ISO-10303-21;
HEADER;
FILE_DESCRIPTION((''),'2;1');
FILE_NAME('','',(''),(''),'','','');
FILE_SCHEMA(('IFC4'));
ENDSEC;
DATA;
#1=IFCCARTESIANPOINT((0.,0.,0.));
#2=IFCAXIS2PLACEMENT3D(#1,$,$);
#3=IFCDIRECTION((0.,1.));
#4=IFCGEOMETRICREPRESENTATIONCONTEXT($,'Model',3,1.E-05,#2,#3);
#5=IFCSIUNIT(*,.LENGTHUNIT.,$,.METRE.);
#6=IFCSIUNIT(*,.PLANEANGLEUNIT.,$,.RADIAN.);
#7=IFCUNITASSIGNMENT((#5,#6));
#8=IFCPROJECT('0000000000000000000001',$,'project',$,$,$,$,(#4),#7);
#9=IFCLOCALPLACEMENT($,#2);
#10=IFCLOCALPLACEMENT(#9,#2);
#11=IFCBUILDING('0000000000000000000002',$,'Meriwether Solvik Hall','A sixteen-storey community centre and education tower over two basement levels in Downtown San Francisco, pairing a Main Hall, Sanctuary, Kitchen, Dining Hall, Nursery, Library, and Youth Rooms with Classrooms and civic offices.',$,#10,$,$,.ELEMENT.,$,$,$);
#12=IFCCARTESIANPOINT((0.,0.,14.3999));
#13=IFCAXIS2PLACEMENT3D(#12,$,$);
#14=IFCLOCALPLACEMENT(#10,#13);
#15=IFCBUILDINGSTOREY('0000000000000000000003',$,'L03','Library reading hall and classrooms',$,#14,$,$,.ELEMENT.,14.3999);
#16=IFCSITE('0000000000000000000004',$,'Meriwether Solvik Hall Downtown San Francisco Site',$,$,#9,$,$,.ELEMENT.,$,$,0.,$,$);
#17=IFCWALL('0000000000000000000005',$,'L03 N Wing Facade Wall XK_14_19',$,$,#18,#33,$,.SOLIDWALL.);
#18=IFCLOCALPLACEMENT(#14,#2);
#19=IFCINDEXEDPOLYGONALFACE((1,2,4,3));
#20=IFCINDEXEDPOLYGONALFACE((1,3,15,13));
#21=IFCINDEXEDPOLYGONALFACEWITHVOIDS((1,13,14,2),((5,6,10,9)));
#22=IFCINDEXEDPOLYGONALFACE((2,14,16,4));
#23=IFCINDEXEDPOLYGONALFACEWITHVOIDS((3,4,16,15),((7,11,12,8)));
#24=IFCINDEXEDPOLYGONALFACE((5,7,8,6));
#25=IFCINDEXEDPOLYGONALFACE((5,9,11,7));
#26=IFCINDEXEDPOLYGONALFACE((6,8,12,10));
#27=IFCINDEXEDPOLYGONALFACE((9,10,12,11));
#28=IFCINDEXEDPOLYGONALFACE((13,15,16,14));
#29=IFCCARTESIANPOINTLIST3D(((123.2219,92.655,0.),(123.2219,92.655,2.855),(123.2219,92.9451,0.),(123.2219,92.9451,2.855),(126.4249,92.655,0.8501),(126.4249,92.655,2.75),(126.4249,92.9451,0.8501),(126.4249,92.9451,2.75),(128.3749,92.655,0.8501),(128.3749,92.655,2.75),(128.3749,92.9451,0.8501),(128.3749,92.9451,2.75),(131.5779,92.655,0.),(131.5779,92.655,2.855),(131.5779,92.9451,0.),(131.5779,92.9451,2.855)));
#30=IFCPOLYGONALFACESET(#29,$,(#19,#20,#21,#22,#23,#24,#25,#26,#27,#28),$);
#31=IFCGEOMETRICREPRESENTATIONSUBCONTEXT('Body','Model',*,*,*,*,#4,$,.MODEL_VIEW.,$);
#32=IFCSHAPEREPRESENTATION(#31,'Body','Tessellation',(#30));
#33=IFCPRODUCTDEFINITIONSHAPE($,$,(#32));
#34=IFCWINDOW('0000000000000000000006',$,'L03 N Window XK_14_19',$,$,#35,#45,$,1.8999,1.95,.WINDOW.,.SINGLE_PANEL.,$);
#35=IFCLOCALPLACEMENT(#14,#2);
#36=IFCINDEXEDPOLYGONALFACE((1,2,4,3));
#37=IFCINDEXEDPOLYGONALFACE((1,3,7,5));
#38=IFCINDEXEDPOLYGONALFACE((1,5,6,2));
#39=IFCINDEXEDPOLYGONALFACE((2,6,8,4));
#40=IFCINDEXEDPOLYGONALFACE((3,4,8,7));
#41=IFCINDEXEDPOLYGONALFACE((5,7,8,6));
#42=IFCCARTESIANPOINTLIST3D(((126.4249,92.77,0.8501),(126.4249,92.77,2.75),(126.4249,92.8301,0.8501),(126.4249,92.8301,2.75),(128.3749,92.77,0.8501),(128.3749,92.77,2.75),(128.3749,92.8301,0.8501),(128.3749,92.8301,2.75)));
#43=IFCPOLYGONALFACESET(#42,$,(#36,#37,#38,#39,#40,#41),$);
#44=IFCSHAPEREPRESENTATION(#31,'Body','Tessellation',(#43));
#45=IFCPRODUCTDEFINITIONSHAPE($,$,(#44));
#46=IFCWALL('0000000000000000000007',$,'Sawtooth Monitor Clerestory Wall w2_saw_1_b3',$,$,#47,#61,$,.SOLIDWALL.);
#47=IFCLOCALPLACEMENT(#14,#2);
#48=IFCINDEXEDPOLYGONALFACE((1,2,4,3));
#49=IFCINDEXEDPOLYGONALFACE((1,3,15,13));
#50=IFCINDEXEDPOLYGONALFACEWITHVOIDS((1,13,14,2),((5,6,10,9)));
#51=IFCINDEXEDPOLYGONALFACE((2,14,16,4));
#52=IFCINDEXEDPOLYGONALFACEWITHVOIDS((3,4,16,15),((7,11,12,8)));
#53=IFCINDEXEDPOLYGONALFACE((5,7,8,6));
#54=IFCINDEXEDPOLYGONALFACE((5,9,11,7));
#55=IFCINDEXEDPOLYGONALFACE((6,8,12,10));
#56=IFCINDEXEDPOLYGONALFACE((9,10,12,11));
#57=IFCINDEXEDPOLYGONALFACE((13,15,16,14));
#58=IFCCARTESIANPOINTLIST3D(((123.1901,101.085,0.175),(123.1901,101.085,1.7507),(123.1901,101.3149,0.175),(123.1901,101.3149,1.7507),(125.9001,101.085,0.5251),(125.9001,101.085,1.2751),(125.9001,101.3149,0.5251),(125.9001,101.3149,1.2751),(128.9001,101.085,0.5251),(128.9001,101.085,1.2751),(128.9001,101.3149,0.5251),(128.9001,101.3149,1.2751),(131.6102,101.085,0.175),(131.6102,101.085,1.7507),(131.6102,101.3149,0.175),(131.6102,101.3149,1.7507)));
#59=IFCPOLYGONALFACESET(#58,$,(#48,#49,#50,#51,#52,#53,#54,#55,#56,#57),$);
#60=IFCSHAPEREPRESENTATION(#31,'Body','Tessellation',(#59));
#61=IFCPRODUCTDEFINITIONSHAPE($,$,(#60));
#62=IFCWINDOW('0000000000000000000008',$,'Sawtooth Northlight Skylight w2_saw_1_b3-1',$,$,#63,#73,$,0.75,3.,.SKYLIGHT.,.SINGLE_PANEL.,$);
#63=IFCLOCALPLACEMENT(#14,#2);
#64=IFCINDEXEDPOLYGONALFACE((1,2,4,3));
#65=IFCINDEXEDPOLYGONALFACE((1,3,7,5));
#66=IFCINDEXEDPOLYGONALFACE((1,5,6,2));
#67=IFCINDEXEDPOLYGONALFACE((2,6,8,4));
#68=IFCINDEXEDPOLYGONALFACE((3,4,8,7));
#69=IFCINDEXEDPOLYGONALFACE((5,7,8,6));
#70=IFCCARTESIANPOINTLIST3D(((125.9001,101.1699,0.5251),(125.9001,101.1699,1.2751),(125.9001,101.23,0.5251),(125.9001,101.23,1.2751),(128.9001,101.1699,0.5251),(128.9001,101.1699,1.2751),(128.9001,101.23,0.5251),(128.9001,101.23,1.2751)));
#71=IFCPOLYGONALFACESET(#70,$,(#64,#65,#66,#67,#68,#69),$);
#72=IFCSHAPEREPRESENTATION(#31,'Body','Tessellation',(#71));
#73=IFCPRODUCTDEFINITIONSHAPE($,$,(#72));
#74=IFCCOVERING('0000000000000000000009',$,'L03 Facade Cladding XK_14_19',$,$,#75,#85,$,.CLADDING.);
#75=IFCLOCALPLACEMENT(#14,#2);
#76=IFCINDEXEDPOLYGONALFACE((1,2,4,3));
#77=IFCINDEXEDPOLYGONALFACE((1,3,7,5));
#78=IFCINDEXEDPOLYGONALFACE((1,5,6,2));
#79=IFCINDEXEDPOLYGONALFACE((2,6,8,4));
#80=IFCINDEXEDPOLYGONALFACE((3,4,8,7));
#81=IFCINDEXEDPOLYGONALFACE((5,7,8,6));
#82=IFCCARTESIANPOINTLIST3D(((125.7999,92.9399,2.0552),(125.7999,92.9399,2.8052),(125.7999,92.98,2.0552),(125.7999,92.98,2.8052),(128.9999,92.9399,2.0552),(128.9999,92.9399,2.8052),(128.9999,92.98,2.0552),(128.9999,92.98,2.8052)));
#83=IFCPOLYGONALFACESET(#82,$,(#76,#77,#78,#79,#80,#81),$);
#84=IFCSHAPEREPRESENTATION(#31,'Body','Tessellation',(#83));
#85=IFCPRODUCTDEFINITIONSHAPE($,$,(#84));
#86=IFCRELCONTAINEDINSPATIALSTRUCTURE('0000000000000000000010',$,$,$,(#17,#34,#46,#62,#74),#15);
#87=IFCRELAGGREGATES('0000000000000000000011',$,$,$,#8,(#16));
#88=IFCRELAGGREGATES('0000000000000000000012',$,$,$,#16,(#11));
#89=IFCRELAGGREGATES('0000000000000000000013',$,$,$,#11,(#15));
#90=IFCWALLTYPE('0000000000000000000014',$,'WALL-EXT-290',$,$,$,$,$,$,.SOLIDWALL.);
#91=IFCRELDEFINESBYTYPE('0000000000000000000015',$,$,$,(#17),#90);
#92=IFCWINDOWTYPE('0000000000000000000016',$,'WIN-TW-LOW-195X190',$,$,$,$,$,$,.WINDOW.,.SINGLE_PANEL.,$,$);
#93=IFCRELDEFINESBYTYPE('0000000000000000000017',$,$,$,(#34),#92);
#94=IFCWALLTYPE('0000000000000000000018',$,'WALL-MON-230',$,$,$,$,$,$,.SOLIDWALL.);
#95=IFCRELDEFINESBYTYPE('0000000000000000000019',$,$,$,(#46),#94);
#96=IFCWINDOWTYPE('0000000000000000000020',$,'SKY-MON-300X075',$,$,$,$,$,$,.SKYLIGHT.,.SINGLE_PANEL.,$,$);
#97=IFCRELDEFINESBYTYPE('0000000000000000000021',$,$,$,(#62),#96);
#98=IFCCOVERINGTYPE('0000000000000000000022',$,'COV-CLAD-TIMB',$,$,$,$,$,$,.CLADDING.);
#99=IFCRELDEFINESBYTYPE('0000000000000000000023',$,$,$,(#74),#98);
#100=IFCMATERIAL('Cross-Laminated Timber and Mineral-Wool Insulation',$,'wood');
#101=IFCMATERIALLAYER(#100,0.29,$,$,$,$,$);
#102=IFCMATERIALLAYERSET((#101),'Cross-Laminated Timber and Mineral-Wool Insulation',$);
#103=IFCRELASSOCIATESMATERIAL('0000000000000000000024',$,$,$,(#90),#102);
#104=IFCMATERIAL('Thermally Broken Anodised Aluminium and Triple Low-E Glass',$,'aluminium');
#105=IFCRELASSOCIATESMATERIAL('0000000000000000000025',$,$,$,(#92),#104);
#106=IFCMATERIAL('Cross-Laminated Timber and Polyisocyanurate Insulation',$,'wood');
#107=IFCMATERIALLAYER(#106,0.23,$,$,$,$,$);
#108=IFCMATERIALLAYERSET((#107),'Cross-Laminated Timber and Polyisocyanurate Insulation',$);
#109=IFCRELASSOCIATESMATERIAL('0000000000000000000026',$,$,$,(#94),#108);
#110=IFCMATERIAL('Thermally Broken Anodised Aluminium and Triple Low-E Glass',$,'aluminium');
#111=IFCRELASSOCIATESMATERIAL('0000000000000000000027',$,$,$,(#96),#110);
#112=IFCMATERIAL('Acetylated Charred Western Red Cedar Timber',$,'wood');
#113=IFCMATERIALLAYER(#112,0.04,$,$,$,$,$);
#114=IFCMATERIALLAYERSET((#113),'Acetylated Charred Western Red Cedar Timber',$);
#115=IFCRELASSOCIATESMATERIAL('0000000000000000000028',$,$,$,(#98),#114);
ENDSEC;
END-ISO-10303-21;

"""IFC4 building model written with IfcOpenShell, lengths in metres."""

from ifc_helpers import new_model, si_unit, direction, frame, frame_2d, origin, origin_2d, place, context, subcontext, project, spatial, rectangle, extrude, material, layer, layer_set, type_object, element, fill, save


model = new_model("IFC4")

# Units and contexts
model_context = context("Model", 3, precision=1e-05, world=origin(), true_north=direction((0.0, 1.0)))
body_context = subcontext(model_context, "Body", "Model", "MODEL_VIEW")
ifc_project = project(units=[si_unit("LENGTHUNIT", "METRE"), si_unit("PLANEANGLEUNIT", "RADIAN")], contexts=[model_context])

# Site, building, storey
site_placement = place(None, origin())
site = spatial("IfcSite", under=ifc_project, at=site_placement, Name="Meriwether Solvik Hall Downtown San Francisco Site", CompositionType="ELEMENT", RefElevation=0.0)
building_placement = place(site_placement, origin())
building = spatial("IfcBuilding", under=site, at=building_placement, Name="Meriwether Solvik Hall", Description="A sixteen-storey community centre and education tower over two basement levels in Downtown San Francisco, pairing a Main Hall, Sanctuary, Kitchen, Dining Hall, Nursery, Library, and Youth Rooms with Classrooms and civic offices.", CompositionType="ELEMENT")
storey_placement = place(building_placement, frame((0.0, 0.0, 14.3999)))
storey = spatial("IfcBuildingStorey", under=building, at=storey_placement, Name="L03", Description="Library reading hall and classrooms", CompositionType="ELEMENT", Elevation=14.3999)

# Walls, openings, windows
ifc_material_1 = material(Name="Cross-Laminated Timber and Mineral-Wool Insulation", Category="wood")
ifc_layer_1 = layer(ifc_material_1, 0.29)
ifc_layer_set_1 = layer_set([ifc_layer_1], Name="Cross-Laminated Timber and Mineral-Wool Insulation")
wall_type_1 = type_object("IfcWallType", Name="WALL-EXT-290", PredefinedType="SOLIDWALL", material=ifc_layer_set_1)
wall_1_placement = place(storey_placement, frame((123.2219, 92.8, 0.0), z_axis=(0.0, 0.0, 1.0), x_axis=(1.0, 0.0, 0.0)))
wall_1 = element("IfcWall", 1, at=wall_1_placement, inside=storey, type_object=wall_type_1, Name="L03 N Wing Facade Wall XK_14_19", PredefinedType="SOLIDWALL", context=body_context, shape_type="SweptSolid", body=[
    extrude(rectangle(XDim=8.356, YDim=0.29, at=frame_2d((4.178, 0.0))), origin(), (0.0, 0.0, 1.0), 2.855),
])
opening_1_placement = place(wall_1_placement, frame((3.2029, 0.0, 0.8501)))
opening_1 = element("IfcOpeningElement", 2, at=opening_1_placement, cuts=wall_1, PredefinedType="OPENING", context=body_context, shape_type="SweptSolid", body=[
    extrude(rectangle(XDim=1.95, YDim=1.8999, at=frame_2d((0.9751, 0.95))), frame((0.0, 0.157, 0.0), z_axis=(0.0, -1.0, 0.0), x_axis=(1.0, 0.0, 0.0)), (0.0, 0.0, 1.0), 0.314),
])
ifc_material_2 = material(Name="Thermally Broken Anodised Aluminium and Triple Low-E Glass", Category="aluminium")
window_type_1 = type_object("IfcWindowType", Name="WIN-TW-LOW-195X190", PartitioningType="SINGLE_PANEL", PredefinedType="WINDOW", material=ifc_material_2)
window_1_placement = place(opening_1_placement, origin())
window_1 = element("IfcWindow", 3, at=window_1_placement, inside=storey, type_object=window_type_1, Name="L03 N Window XK_14_19", OverallHeight=1.8999, OverallWidth=1.95, PartitioningType="SINGLE_PANEL", PredefinedType="WINDOW", context=body_context, shape_type="SweptSolid", body=[
    extrude(rectangle(XDim=1.95, YDim=1.8999, at=frame_2d((0.9751, 0.95))), frame((0.0, 0.03, 0.0), z_axis=(0.0, -1.0, 0.0), x_axis=(1.0, 0.0, 0.0)), (0.0, 0.0, 1.0), 0.0601),
])
fill(opening_1, window_1)
ifc_material_3 = material(Name="Cross-Laminated Timber and Polyisocyanurate Insulation", Category="wood")
ifc_layer_2 = layer(ifc_material_3, 0.23)
ifc_layer_set_2 = layer_set([ifc_layer_2], Name="Cross-Laminated Timber and Polyisocyanurate Insulation")
wall_type_2 = type_object("IfcWallType", Name="WALL-MON-230", PredefinedType="SOLIDWALL", material=ifc_layer_set_2)
wall_2_placement = place(storey_placement, frame((131.6101, 101.2, 0.175), z_axis=(0.0, 0.0, 1.0), x_axis=(-1.0, 0.0, 0.0)))
wall_2 = element("IfcWall", 4, at=wall_2_placement, inside=storey, type_object=wall_type_2, Name="Sawtooth Monitor Clerestory Wall w2_saw_1_b3", PredefinedType="SOLIDWALL", context=body_context, shape_type="SweptSolid", body=[
    extrude(rectangle(XDim=8.4202, YDim=0.23, at=frame_2d((4.21, 0.0))), origin(), (0.0, 0.0, 1.0), 1.5757),
])
opening_2_placement = place(wall_2_placement, frame((2.71, 0.0, 0.3501)))
opening_2 = element("IfcOpeningElement", 5, at=opening_2_placement, cuts=wall_2, PredefinedType="OPENING", context=body_context, shape_type="SweptSolid", body=[
    extrude(rectangle(XDim=3.0, YDim=0.75, at=frame_2d((1.5, 0.375))), frame((0.0, 0.127, 0.0), z_axis=(0.0, -1.0, 0.0), x_axis=(1.0, 0.0, 0.0)), (0.0, 0.0, 1.0), 0.2539),
])
ifc_material_4 = material(Name="Thermally Broken Anodised Aluminium and Triple Low-E Glass", Category="aluminium")
window_type_2 = type_object("IfcWindowType", Name="SKY-MON-300X075", PartitioningType="SINGLE_PANEL", PredefinedType="SKYLIGHT", material=ifc_material_4)
window_2_placement = place(opening_2_placement, origin())
window_2 = element("IfcWindow", 6, at=window_2_placement, inside=storey, type_object=window_type_2, Name="Sawtooth Northlight Skylight w2_saw_1_b3-1", OverallHeight=0.75, OverallWidth=3.0, PartitioningType="SINGLE_PANEL", PredefinedType="SKYLIGHT", context=body_context, shape_type="SweptSolid", body=[
    extrude(rectangle(XDim=3.0, YDim=0.75, at=frame_2d((1.5, 0.375))), frame((0.0, 0.03, 0.0), z_axis=(0.0, -1.0, 0.0), x_axis=(1.0, 0.0, 0.0)), (0.0, 0.0, 1.0), 0.0601),
])
fill(opening_2, window_2)

# Covering
ifc_material_5 = material(Name="Acetylated Charred Western Red Cedar Timber", Category="wood")
ifc_layer_3 = layer(ifc_material_5, 0.04)
ifc_layer_set_3 = layer_set([ifc_layer_3], Name="Acetylated Charred Western Red Cedar Timber")
covering_type = type_object("IfcCoveringType", Name="COV-CLAD-TIMB", PredefinedType="CLADDING", material=ifc_layer_set_3)
covering_placement = place(storey_placement, frame((127.3999, 92.96, 2.0552), z_axis=(0.0, 0.0, 1.0), x_axis=(1.0, 0.0, 0.0)))
element("IfcCovering", 7, at=covering_placement, inside=storey, type_object=covering_type, Name="L03 Facade Cladding XK_14_19", PredefinedType="CLADDING", context=body_context, shape_type="SweptSolid", body=[
    extrude(rectangle(XDim=3.2, YDim=0.04, at=origin_2d()), origin(), (0.0, 0.0, 1.0), 0.75),
])

save(model, "model.ifc")
